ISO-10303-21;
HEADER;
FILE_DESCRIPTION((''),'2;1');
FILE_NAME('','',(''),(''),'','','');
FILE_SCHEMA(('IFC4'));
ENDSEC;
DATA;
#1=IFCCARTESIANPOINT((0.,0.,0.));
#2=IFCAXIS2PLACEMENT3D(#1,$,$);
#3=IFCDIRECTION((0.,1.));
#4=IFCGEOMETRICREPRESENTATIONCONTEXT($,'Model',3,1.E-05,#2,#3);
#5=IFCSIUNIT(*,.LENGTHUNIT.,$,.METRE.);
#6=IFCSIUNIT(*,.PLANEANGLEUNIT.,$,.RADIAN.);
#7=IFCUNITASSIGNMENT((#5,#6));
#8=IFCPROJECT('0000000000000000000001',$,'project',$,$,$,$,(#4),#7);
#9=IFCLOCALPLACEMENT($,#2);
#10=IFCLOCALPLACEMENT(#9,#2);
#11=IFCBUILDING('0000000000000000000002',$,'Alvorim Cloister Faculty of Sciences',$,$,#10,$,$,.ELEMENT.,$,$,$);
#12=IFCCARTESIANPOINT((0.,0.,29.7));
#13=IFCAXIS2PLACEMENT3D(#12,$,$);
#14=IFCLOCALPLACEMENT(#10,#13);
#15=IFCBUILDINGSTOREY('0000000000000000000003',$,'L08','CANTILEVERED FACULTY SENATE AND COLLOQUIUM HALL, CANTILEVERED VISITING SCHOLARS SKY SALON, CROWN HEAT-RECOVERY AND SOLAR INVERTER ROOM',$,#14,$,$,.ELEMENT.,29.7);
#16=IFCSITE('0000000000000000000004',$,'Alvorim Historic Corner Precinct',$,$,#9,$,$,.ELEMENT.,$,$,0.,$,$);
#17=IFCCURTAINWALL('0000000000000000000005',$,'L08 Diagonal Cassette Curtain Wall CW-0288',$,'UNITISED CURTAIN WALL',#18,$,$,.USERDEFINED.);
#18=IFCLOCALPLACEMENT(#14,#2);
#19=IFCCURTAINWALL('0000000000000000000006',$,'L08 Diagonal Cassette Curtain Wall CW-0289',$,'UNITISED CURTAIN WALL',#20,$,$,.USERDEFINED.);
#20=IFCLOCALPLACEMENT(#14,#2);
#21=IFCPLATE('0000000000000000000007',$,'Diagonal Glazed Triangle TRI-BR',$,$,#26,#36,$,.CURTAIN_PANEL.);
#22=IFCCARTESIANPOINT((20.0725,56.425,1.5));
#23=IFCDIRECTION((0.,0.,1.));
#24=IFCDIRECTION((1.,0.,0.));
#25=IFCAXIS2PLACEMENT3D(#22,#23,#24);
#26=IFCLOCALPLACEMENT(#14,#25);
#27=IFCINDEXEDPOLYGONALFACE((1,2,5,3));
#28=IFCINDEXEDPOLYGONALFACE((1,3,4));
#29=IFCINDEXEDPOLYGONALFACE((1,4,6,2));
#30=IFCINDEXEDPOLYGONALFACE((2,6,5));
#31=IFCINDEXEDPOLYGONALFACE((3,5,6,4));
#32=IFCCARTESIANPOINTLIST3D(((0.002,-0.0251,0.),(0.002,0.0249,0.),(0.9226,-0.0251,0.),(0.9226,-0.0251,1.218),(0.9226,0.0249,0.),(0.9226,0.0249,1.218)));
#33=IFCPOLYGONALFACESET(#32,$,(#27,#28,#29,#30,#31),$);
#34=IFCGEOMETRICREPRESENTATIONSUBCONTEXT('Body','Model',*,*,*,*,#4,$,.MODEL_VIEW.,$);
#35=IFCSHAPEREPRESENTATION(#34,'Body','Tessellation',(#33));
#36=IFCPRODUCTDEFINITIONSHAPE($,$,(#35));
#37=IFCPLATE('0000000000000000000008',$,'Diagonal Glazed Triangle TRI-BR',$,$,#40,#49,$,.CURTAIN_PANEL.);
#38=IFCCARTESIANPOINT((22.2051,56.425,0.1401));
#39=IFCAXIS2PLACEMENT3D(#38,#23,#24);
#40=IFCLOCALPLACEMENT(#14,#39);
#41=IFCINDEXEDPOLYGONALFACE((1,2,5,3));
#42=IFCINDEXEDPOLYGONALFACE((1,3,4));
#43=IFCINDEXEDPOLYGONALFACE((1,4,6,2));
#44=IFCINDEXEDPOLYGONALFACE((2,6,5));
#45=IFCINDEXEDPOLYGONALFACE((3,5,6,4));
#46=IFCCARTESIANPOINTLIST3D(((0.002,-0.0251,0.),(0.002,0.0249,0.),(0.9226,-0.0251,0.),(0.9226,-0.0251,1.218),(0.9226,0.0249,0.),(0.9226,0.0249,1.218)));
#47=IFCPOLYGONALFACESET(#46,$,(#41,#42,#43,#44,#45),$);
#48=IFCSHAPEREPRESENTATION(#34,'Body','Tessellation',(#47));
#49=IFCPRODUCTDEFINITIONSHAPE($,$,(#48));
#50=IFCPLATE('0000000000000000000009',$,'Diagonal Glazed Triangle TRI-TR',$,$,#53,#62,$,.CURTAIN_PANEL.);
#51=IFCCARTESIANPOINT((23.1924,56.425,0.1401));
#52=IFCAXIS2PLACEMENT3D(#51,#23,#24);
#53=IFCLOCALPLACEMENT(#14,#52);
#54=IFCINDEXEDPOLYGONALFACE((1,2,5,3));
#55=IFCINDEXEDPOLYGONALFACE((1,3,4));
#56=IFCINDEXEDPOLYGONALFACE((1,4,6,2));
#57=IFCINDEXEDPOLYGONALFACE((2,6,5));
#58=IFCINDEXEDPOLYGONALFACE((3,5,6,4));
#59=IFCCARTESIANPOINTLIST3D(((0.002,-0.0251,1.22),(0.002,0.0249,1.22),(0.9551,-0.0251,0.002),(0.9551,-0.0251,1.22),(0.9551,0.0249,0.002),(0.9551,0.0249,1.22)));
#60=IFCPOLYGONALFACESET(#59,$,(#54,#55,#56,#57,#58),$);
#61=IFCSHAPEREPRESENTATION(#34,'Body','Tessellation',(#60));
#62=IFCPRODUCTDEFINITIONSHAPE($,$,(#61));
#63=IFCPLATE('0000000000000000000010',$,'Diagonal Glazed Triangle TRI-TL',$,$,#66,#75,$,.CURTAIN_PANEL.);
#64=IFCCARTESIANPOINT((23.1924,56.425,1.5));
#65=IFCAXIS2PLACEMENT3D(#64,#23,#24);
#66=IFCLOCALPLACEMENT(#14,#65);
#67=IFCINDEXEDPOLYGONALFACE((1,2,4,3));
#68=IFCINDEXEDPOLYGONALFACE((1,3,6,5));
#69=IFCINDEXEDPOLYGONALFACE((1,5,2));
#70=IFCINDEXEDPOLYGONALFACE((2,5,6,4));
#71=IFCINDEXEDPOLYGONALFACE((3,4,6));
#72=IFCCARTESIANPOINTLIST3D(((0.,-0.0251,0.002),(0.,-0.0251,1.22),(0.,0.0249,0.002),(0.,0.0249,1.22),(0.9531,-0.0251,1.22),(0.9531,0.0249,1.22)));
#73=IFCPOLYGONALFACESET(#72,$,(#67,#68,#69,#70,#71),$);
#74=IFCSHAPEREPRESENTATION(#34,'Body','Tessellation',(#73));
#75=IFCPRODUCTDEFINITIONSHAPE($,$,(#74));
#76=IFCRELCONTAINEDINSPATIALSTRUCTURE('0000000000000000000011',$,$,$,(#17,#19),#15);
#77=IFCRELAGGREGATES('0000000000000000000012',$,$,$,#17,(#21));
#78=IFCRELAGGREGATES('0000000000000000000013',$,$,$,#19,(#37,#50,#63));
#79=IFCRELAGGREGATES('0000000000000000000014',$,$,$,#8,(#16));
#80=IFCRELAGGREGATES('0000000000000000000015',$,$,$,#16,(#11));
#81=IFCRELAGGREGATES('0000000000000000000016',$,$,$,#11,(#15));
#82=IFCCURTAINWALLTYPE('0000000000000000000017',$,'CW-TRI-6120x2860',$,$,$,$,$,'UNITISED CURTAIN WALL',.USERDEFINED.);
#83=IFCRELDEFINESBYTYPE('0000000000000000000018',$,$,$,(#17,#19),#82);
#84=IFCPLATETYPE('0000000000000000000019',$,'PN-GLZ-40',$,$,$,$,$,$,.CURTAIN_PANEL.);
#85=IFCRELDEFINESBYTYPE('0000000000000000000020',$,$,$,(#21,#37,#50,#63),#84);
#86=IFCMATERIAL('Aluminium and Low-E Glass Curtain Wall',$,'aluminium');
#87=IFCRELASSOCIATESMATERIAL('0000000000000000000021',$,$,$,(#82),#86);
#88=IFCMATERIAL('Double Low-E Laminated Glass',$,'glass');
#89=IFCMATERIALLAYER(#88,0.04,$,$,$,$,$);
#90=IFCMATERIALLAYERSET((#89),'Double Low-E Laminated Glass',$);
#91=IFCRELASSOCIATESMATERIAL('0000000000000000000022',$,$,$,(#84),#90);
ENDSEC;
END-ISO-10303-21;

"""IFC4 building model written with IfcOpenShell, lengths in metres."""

from ifc_helpers import new_model, si_unit, direction, frame, origin, place, context, subcontext, project, spatial, polyline, outline, extrude, material, layer, layer_set, type_object, element, aggregate, save


model = new_model("IFC4")

# Units and contexts
model_context = context("Model", 3, precision=1e-05, world=origin(), true_north=direction((0.0, 1.0)))
body_context = subcontext(model_context, "Body", "Model", "MODEL_VIEW")
ifc_project = project(units=[si_unit("LENGTHUNIT", "METRE"), si_unit("PLANEANGLEUNIT", "RADIAN")], contexts=[model_context])

# Site, building, storey
site_placement = place(None, origin())
site = spatial("IfcSite", under=ifc_project, at=site_placement, Name="Alvorim Historic Corner Precinct", CompositionType="ELEMENT", RefElevation=0.0)
building_placement = place(site_placement, origin())
building = spatial("IfcBuilding", under=site, at=building_placement, Name="Alvorim Cloister Faculty of Sciences", CompositionType="ELEMENT")
storey_placement = place(building_placement, frame((0.0, 0.0, 29.7)))
storey = spatial("IfcBuildingStorey", under=building, at=storey_placement, Name="L08", Description="CANTILEVERED FACULTY SENATE AND COLLOQUIUM HALL, CANTILEVERED VISITING SCHOLARS SKY SALON, CROWN HEAT-RECOVERY AND SOLAR INVERTER ROOM", CompositionType="ELEMENT", Elevation=29.7)

# Curtain walls
ifc_material_1 = material(Name="Aluminium and Low-E Glass Curtain Wall", Category="aluminium")
curtain_wall_type = type_object("IfcCurtainWallType", Name="CW-TRI-6120x2860", ElementType="UNITISED CURTAIN WALL", PredefinedType="USERDEFINED", material=ifc_material_1)
curtain_wall_1_placement = place(storey_placement, origin())
curtain_wall_1 = element("IfcCurtainWall", 1, at=curtain_wall_1_placement, inside=storey, type_object=curtain_wall_type, Name="L08 Diagonal Cassette Curtain Wall CW-0288", ObjectType="UNITISED CURTAIN WALL", PredefinedType="USERDEFINED")
curtain_wall_2_placement = place(storey_placement, origin())
curtain_wall_2 = element("IfcCurtainWall", 2, at=curtain_wall_2_placement, inside=storey, type_object=curtain_wall_type, Name="L08 Diagonal Cassette Curtain Wall CW-0289", ObjectType="UNITISED CURTAIN WALL", PredefinedType="USERDEFINED")

# Plates
ifc_material_2 = material(Name="Double Low-E Laminated Glass", Category="glass")
ifc_layer_1 = layer(ifc_material_2, 0.04)
ifc_layer_set_1 = layer_set([ifc_layer_1], Name="Double Low-E Laminated Glass")
plate_type = type_object("IfcPlateType", Name="PN-GLZ-40", PredefinedType="CURTAIN_PANEL", material=ifc_layer_set_1)
plate_1_placement = place(storey_placement, frame((20.0725, 56.425, 1.5), z_axis=(0.0, 0.0, 1.0), x_axis=(1.0, 0.0, 0.0)))
plate_1 = element("IfcPlate", 3, at=plate_1_placement, type_object=plate_type, Name="Diagonal Glazed Triangle TRI-BR", PredefinedType="CURTAIN_PANEL", context=body_context, shape_type="SweptSolid", body=[
    extrude(outline(polyline([(0.002, 0.0), (0.9226, 0.0), (0.9226, 1.218), (0.002, 0.0)])), frame((0.0, 0.0249, 0.0), z_axis=(0.0, -1.0, 0.0), x_axis=(1.0, 0.0, 0.0)), (0.0, 0.0, 1.0), 0.05),
])
aggregate(curtain_wall_1, [plate_1])
plate_2_placement = place(storey_placement, frame((22.2051, 56.425, 0.1401), z_axis=(0.0, 0.0, 1.0), x_axis=(1.0, 0.0, 0.0)))
plate_2 = element("IfcPlate", 4, at=plate_2_placement, type_object=plate_type, Name="Diagonal Glazed Triangle TRI-BR", PredefinedType="CURTAIN_PANEL", context=body_context, shape_type="SweptSolid", body=[
    extrude(outline(polyline([(0.002, 0.0), (0.9226, 0.0), (0.9226, 1.218), (0.002, 0.0)])), frame((0.0, 0.0249, 0.0), z_axis=(0.0, -1.0, 0.0), x_axis=(1.0, 0.0, 0.0)), (0.0, 0.0, 1.0), 0.05),
])
plate_3_placement = place(storey_placement, frame((23.1924, 56.425, 0.1401), z_axis=(0.0, 0.0, 1.0), x_axis=(1.0, 0.0, 0.0)))
plate_3 = element("IfcPlate", 5, at=plate_3_placement, type_object=plate_type, Name="Diagonal Glazed Triangle TRI-TR", PredefinedType="CURTAIN_PANEL", context=body_context, shape_type="SweptSolid", body=[
    extrude(outline(polyline([(0.9551, 0.002), (0.9551, 1.22), (0.002, 1.22), (0.9551, 0.002)])), frame((0.0, 0.0249, 0.0), z_axis=(0.0, -1.0, 0.0), x_axis=(1.0, 0.0, 0.0)), (0.0, 0.0, 1.0), 0.05),
])
plate_4_placement = place(storey_placement, frame((23.1924, 56.425, 1.5), z_axis=(0.0, 0.0, 1.0), x_axis=(1.0, 0.0, 0.0)))
plate_4 = element("IfcPlate", 6, at=plate_4_placement, type_object=plate_type, Name="Diagonal Glazed Triangle TRI-TL", PredefinedType="CURTAIN_PANEL", context=body_context, shape_type="SweptSolid", body=[
    extrude(outline(polyline([(0.9531, 1.22), (0.0, 1.22), (0.0, 0.002), (0.9531, 1.22)])), frame((0.0, 0.0249, 0.0), z_axis=(0.0, -1.0, 0.0), x_axis=(1.0, 0.0, 0.0)), (0.0, 0.0, 1.0), 0.05),
])
aggregate(curtain_wall_2, [plate_2, plate_3, plate_4])

save(model, "model.ifc")
